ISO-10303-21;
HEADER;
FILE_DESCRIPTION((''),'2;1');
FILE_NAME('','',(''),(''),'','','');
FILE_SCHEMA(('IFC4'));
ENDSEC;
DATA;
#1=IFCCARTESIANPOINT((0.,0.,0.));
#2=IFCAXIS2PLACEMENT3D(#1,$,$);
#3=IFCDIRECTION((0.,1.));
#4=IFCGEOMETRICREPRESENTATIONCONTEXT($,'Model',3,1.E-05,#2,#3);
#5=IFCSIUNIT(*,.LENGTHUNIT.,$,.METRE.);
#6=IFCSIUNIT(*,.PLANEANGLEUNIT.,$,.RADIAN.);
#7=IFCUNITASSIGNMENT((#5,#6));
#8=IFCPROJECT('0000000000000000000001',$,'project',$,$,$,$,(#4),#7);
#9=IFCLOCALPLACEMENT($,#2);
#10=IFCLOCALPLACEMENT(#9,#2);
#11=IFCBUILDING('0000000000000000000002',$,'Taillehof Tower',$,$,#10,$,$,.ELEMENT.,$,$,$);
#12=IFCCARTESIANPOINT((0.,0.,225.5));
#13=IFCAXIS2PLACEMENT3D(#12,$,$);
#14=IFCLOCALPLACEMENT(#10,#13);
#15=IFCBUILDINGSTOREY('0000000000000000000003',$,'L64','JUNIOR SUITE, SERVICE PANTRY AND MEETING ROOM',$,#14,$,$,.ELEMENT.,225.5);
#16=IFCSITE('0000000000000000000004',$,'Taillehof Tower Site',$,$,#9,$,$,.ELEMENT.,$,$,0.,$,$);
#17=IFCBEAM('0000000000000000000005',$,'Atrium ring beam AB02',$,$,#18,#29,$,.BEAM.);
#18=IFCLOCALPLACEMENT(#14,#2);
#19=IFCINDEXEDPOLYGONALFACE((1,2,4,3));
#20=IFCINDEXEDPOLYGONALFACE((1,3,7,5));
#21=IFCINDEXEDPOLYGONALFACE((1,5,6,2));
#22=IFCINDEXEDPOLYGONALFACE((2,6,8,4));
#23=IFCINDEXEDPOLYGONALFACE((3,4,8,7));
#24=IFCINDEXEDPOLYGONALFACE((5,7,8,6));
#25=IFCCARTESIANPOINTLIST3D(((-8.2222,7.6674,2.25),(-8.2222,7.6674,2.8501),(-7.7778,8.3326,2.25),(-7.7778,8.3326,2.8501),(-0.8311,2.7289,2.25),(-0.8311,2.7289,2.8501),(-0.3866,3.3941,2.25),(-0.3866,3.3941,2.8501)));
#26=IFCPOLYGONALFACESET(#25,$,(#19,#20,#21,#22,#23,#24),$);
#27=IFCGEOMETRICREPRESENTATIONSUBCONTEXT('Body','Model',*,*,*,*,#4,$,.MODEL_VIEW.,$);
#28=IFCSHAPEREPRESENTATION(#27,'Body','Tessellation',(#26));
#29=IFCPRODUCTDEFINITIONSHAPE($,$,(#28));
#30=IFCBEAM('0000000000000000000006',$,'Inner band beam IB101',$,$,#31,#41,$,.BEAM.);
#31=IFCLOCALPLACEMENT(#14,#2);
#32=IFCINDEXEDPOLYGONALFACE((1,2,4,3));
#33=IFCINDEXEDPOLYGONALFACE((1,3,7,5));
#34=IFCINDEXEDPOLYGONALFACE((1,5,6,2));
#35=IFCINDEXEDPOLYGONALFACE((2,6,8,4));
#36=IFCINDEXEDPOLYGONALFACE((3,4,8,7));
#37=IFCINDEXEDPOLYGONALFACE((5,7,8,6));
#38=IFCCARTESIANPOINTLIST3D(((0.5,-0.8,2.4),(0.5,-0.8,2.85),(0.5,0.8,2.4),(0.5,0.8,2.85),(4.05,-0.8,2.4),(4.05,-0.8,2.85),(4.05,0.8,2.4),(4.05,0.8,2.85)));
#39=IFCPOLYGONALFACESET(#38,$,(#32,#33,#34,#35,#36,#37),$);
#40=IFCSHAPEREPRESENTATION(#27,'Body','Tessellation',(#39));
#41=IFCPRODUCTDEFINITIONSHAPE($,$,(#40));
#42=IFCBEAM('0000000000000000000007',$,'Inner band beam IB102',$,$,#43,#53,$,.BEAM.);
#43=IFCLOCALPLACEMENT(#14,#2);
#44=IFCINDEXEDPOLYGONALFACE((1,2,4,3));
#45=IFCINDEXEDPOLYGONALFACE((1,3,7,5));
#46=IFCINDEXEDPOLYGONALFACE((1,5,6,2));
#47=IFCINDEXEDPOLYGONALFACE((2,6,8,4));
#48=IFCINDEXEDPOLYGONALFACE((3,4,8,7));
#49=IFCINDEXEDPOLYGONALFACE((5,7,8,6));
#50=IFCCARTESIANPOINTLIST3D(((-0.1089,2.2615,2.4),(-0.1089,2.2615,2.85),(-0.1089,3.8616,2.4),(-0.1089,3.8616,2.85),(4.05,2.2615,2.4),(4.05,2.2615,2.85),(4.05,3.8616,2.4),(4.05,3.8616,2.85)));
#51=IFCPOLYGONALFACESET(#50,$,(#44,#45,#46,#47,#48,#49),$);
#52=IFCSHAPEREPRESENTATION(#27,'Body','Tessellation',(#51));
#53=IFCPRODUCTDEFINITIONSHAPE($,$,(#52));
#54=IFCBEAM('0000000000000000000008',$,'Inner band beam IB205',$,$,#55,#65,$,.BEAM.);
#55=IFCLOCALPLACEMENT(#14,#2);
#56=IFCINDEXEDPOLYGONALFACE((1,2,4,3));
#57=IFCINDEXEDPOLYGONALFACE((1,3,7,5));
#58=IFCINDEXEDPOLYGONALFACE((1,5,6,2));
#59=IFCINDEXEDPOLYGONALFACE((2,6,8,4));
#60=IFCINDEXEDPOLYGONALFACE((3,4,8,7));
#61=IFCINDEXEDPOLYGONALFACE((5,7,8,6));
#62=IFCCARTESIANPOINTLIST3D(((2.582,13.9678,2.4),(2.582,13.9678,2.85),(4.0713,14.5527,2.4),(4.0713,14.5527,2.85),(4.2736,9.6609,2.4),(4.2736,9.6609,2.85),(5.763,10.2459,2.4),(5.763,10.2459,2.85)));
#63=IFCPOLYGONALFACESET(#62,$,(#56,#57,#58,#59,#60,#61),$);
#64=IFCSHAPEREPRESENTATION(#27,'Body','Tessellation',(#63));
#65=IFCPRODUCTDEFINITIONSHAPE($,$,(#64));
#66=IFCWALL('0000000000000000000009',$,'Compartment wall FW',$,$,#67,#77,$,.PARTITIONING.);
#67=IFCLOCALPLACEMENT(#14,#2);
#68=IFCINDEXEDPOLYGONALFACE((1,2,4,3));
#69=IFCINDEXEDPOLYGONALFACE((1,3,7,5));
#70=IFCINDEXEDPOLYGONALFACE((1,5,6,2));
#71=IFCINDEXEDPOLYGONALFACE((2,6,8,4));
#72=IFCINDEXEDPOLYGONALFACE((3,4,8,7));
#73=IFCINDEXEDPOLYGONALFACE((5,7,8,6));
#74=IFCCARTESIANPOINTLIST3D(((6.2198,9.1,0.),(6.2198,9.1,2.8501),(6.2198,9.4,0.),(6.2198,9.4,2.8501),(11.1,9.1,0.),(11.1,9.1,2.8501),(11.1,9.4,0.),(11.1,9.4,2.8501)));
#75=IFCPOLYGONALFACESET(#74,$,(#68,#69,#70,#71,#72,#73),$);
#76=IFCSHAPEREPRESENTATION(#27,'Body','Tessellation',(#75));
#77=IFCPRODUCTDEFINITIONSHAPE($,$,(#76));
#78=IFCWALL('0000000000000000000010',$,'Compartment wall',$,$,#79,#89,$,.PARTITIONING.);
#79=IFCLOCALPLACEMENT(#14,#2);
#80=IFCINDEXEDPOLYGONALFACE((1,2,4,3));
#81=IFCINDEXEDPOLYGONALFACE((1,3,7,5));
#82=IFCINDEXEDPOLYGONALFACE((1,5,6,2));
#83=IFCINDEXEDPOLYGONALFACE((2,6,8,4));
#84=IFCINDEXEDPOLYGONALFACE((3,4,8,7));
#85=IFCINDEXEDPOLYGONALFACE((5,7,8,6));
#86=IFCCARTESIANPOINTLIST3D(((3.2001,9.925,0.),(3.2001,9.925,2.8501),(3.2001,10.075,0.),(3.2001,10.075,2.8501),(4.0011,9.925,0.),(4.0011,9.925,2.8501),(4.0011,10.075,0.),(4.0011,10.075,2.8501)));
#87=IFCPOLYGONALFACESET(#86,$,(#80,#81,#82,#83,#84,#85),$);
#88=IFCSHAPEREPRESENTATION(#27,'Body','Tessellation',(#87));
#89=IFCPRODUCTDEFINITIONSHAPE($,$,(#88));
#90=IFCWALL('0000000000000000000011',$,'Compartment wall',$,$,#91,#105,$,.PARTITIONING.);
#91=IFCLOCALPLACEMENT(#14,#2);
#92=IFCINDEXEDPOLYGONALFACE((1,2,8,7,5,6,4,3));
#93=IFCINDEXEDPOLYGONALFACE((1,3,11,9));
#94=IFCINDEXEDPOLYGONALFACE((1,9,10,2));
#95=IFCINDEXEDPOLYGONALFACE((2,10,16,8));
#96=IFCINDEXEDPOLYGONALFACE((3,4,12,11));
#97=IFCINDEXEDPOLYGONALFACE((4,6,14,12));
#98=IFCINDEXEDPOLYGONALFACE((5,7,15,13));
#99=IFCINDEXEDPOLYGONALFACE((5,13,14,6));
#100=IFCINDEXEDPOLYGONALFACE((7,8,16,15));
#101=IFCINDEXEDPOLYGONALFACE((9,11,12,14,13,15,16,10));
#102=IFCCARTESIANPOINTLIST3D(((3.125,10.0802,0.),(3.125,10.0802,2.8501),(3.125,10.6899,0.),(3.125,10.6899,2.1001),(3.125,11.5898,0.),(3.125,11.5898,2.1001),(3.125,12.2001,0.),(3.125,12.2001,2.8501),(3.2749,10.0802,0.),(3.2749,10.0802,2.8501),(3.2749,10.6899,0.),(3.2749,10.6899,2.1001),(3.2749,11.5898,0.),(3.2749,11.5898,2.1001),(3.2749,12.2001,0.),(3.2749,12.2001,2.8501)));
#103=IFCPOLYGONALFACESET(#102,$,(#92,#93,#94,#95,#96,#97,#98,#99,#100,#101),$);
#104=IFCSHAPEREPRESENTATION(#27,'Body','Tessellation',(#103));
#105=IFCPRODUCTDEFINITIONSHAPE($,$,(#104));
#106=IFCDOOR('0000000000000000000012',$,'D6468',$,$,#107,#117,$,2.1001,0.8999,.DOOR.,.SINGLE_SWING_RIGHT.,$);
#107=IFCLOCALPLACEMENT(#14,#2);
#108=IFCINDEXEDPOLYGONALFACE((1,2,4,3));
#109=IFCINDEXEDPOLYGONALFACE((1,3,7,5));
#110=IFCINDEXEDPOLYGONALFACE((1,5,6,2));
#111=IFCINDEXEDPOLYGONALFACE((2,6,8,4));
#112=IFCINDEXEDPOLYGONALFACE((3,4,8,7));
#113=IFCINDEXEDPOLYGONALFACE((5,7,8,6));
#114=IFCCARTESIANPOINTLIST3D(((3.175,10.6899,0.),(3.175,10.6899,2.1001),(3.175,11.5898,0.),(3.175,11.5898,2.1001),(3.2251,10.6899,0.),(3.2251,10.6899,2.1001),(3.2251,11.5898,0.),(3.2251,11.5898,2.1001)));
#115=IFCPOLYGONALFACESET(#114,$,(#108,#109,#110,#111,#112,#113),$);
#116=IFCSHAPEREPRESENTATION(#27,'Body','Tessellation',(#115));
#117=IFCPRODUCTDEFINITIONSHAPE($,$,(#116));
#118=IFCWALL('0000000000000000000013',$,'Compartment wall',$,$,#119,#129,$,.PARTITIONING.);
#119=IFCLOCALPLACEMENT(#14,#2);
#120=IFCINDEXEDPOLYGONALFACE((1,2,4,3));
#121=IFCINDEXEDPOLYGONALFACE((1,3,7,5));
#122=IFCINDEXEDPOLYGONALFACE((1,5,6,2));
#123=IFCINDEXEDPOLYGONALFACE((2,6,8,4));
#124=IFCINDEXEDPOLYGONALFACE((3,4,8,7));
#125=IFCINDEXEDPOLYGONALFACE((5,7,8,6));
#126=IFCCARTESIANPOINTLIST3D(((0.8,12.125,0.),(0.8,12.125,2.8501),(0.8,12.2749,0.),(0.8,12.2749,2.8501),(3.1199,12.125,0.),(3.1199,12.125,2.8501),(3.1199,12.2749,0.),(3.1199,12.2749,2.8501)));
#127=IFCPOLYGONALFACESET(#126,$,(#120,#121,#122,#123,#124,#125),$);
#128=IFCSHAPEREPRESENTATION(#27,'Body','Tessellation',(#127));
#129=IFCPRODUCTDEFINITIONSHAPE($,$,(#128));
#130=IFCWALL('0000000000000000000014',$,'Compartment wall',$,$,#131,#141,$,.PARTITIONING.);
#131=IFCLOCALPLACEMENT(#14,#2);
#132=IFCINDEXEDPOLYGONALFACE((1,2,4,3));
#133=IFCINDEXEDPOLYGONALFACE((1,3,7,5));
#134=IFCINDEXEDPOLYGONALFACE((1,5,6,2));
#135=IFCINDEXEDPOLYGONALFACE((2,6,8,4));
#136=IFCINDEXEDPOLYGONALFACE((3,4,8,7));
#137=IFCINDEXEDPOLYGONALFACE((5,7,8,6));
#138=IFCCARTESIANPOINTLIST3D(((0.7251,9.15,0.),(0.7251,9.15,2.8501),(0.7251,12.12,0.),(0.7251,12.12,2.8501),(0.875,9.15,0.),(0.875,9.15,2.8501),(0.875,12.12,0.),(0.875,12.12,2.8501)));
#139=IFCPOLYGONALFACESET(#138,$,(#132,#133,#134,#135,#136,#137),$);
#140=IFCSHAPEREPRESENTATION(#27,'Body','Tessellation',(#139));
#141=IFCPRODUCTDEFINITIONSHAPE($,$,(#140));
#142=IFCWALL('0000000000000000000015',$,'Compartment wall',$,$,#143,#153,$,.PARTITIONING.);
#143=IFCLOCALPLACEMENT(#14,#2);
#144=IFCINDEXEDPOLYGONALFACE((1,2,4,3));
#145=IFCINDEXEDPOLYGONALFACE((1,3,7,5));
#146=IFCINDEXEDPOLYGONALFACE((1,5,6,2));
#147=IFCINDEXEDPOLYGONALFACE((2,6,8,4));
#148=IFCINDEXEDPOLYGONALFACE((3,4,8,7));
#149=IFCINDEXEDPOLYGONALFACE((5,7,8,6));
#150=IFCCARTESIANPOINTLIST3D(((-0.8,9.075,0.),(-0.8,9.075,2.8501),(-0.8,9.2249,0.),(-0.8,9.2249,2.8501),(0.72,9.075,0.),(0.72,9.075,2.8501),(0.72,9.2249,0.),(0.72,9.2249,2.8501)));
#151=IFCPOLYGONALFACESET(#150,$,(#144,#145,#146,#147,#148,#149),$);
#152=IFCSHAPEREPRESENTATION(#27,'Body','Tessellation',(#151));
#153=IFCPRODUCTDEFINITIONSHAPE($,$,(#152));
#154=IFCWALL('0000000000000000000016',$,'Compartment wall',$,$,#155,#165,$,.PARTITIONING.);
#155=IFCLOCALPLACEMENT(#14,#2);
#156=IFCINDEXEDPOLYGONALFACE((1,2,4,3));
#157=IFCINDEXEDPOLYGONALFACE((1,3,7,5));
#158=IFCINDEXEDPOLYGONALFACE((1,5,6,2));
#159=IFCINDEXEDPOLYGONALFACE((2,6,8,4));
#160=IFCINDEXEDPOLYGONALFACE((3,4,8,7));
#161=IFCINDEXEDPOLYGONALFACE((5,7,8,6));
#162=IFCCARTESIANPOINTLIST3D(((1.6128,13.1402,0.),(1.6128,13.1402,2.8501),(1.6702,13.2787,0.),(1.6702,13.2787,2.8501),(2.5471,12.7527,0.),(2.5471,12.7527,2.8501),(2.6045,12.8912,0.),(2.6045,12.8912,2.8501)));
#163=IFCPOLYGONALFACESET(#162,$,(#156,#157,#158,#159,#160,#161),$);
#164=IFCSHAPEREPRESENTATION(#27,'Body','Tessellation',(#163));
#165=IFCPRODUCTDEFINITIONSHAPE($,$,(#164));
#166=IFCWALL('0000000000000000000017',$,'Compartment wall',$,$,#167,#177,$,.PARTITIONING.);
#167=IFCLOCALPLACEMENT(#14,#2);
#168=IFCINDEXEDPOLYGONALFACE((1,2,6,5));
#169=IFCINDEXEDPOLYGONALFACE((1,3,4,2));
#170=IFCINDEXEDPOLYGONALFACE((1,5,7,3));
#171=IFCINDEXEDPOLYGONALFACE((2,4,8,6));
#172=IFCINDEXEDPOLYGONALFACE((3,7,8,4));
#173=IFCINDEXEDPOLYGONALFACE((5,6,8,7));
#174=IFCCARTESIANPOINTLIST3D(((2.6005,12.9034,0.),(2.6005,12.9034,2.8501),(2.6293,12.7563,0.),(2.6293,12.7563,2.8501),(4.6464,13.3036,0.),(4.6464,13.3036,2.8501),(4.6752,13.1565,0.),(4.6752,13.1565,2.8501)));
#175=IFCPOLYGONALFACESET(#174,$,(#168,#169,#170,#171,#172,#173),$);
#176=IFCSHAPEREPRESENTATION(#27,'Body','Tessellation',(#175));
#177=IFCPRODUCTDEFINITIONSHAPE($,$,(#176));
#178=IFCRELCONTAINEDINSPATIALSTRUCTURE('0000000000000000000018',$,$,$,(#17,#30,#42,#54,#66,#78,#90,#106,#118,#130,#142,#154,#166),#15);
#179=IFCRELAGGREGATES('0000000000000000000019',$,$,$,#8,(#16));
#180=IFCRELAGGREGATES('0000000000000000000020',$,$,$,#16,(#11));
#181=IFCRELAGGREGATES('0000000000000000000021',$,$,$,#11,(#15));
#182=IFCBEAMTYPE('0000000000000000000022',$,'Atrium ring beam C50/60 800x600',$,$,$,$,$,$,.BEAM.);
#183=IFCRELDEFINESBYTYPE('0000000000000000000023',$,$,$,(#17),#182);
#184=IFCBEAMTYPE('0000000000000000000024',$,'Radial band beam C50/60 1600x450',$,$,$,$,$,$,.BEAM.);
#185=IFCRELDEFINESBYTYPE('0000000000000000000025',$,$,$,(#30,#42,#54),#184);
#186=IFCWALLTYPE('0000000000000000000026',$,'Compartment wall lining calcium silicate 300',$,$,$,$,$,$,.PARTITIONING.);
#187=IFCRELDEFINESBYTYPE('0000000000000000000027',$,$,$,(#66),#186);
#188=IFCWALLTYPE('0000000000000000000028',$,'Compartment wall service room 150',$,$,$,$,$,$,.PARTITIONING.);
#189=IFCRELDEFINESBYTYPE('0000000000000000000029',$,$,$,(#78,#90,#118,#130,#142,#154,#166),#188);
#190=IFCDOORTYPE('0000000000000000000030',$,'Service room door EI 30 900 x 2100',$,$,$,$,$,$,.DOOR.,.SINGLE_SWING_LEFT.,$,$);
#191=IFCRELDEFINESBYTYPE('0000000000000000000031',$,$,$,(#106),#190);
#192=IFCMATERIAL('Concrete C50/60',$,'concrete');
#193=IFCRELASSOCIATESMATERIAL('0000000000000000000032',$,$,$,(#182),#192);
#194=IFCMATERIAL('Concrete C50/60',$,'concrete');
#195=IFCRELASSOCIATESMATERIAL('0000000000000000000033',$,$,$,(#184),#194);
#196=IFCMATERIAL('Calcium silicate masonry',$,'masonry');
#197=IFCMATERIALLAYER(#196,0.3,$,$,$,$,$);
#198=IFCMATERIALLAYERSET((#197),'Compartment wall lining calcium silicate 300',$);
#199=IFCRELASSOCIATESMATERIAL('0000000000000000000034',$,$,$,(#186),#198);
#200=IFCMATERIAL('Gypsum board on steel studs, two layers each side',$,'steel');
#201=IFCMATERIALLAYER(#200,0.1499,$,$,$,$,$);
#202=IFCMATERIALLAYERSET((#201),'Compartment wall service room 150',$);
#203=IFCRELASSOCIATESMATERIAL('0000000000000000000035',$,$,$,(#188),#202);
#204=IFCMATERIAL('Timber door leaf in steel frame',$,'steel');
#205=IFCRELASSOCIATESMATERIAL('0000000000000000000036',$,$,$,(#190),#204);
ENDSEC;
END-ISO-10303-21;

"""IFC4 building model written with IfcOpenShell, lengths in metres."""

from ifc_helpers import new_model, si_unit, direction, frame, frame_2d, origin, origin_2d, place, context, subcontext, project, spatial, rectangle, extrude, material, layer, layer_set, material_profile, profile_set, type_object, element, fill, save


model = new_model("IFC4")

# Units and contexts
model_context = context("Model", 3, precision=1e-05, world=origin(), true_north=direction((0.0, 1.0)))
body_context = subcontext(model_context, "Body", "Model", "MODEL_VIEW")
ifc_project = project(units=[si_unit("LENGTHUNIT", "METRE"), si_unit("PLANEANGLEUNIT", "RADIAN")], contexts=[model_context])

# Site, building, storey
site_placement = place(None, origin())
site = spatial("IfcSite", under=ifc_project, at=site_placement, Name="Taillehof Tower Site", CompositionType="ELEMENT", RefElevation=0.0)
building_placement = place(site_placement, origin())
building = spatial("IfcBuilding", under=site, at=building_placement, Name="Taillehof Tower", CompositionType="ELEMENT")
storey_placement = place(building_placement, frame((0.0, 0.0, 225.5)))
storey = spatial("IfcBuildingStorey", under=building, at=storey_placement, Name="L64", Description="JUNIOR SUITE, SERVICE PANTRY AND MEETING ROOM", CompositionType="ELEMENT", Elevation=225.5)

# Beams
ifc_material_1 = material(Name="Concrete C50/60", Category="concrete")
ifc_material_profile_1 = material_profile(ifc_material_1, rectangle(XDim=0.8, YDim=0.6001, at=origin_2d()), Name="RC 800x600")
ifc_profile_set_1 = profile_set([ifc_material_profile_1], Name="Concrete C50/60")
beam_type_1 = type_object("IfcBeamType", Name="Atrium ring beam C50/60 800x600", PredefinedType="BEAM", material=ifc_profile_set_1)
beam_1_placement = place(storey_placement, frame((-0.6089, 3.0615, 2.55), z_axis=(-0.831475, 0.555562, 0.0), x_axis=(-0.555562, -0.831475, 0.0)))
element("IfcBeam", 1, at=beam_1_placement, inside=storey, type_object=beam_type_1, Name="Atrium ring beam AB02", PredefinedType="BEAM", context=body_context, shape_type="SweptSolid", body=[
    extrude(rectangle(XDim=0.8, YDim=0.6001, at=origin_2d()), origin(), (0.0, 0.0, 1.0), 8.8892),
])
ifc_material_2 = material(Name="Concrete C50/60", Category="concrete")
ifc_material_profile_2 = material_profile(ifc_material_2, rectangle(XDim=1.6001, YDim=0.45, at=origin_2d()), Name="RC 1600x450")
ifc_profile_set_2 = profile_set([ifc_material_profile_2], Name="Concrete C50/60")
beam_type_2 = type_object("IfcBeamType", Name="Radial band beam C50/60 1600x450", PredefinedType="BEAM", material=ifc_profile_set_2)
beam_2_placement = place(storey_placement, frame((0.5, 0.0, 2.625), z_axis=(1.0, 0.0, 0.0), x_axis=(0.0, 1.0, 0.0)))
element("IfcBeam", 2, at=beam_2_placement, inside=storey, type_object=beam_type_2, Name="Inner band beam IB101", PredefinedType="BEAM", context=body_context, shape_type="SweptSolid", body=[
    extrude(rectangle(XDim=1.6001, YDim=0.45, at=origin_2d()), origin(), (0.0, 0.0, 1.0), 3.55),
])
beam_3_placement = place(storey_placement, frame((-0.1089, 3.0615, 2.625), z_axis=(1.0, 0.0, 0.0), x_axis=(0.0, 1.0, 0.0)))
element("IfcBeam", 3, at=beam_3_placement, inside=storey, type_object=beam_type_2, Name="Inner band beam IB102", PredefinedType="BEAM", context=body_context, shape_type="SweptSolid", body=[
    extrude(rectangle(XDim=1.6001, YDim=0.45, at=origin_2d()), origin(), (0.0, 0.0, 1.0), 4.1589),
])
beam_4_placement = place(storey_placement, frame((3.3267, 14.2603, 2.625), z_axis=(0.365589, -0.930777, 0.0), x_axis=(0.930777, 0.365589, 0.0)))
element("IfcBeam", 4, at=beam_4_placement, inside=storey, type_object=beam_type_2, Name="Inner band beam IB205", PredefinedType="BEAM", context=body_context, shape_type="SweptSolid", body=[
    extrude(rectangle(XDim=1.6001, YDim=0.45, at=origin_2d()), origin(), (0.0, 0.0, 1.0), 4.6272),
])

# Walls
ifc_material_3 = material(Name="Calcium silicate masonry", Category="masonry")
ifc_layer_1 = layer(ifc_material_3, 0.3)
ifc_layer_set_1 = layer_set([ifc_layer_1], Name="Compartment wall lining calcium silicate 300")
wall_type_1 = type_object("IfcWallType", Name="Compartment wall lining calcium silicate 300", PredefinedType="PARTITIONING", material=ifc_layer_set_1)
wall_1_placement = place(storey_placement, frame((6.22, 9.25, 0.0), z_axis=(0.0, 0.0, 1.0), x_axis=(1.0, 0.0, 0.0)))
element("IfcWall", 5, at=wall_1_placement, inside=storey, type_object=wall_type_1, Name="Compartment wall FW", PredefinedType="PARTITIONING", context=body_context, shape_type="SweptSolid", body=[
    extrude(rectangle(XDim=4.8801, YDim=0.3, at=frame_2d((2.4399, 0.0))), origin(), (0.0, 0.0, 1.0), 2.8501),
])
ifc_material_4 = material(Name="Gypsum board on steel studs, two layers each side", Category="steel")
ifc_layer_2 = layer(ifc_material_4, 0.1499)
ifc_layer_set_2 = layer_set([ifc_layer_2], Name="Compartment wall service room 150")
wall_type_2 = type_object("IfcWallType", Name="Compartment wall service room 150", PredefinedType="PARTITIONING", material=ifc_layer_set_2)
wall_2_placement = place(storey_placement, frame((4.001, 10.0, 0.0), z_axis=(0.0, 0.0, 1.0), x_axis=(-1.0, 0.0, 0.0)))
element("IfcWall", 6, at=wall_2_placement, inside=storey, type_object=wall_type_2, Name="Compartment wall", PredefinedType="PARTITIONING", context=body_context, shape_type="SweptSolid", body=[
    extrude(rectangle(XDim=0.801, YDim=0.1499, at=frame_2d((0.4004, 0.0))), origin(), (0.0, 0.0, 1.0), 2.8501),
])

# Wall, opening, door
wall_3_placement = place(storey_placement, frame((3.2, 10.0801, 0.0), z_axis=(0.0, 0.0, 1.0), x_axis=(0.0, 1.0, 0.0)))
wall_3 = element("IfcWall", 7, at=wall_3_placement, inside=storey, type_object=wall_type_2, Name="Compartment wall", PredefinedType="PARTITIONING", context=body_context, shape_type="SweptSolid", body=[
    extrude(rectangle(XDim=2.1199, YDim=0.1499, at=frame_2d((1.0601, 0.0))), origin(), (0.0, 0.0, 1.0), 2.8501),
])
opening_1_placement = place(wall_3_placement, frame((0.6099, 0.0, 0.0)))
opening_1 = element("IfcOpeningElement", 8, at=opening_1_placement, cuts=wall_3, PredefinedType="OPENING", context=body_context, shape_type="SweptSolid", body=[
    extrude(rectangle(XDim=0.8999, YDim=2.1001, at=frame_2d((0.45, 1.05))), frame((0.0, 0.085, 0.0), z_axis=(0.0, -1.0, 0.0), x_axis=(1.0, 0.0, 0.0)), (0.0, 0.0, 1.0), 0.1699),
])
ifc_material_5 = material(Name="Timber door leaf in steel frame", Category="steel")
door_type_1 = type_object("IfcDoorType", Name="Service room door EI 30 900 x 2100", OperationType="SINGLE_SWING_LEFT", PredefinedType="DOOR", material=ifc_material_5)
door_1_placement = place(opening_1_placement, origin())
door_1 = element("IfcDoor", 9, at=door_1_placement, inside=storey, type_object=door_type_1, Name="D6468", OperationType="SINGLE_SWING_RIGHT", OverallHeight=2.1001, OverallWidth=0.8999, PredefinedType="DOOR", context=body_context, shape_type="SweptSolid", body=[
    extrude(rectangle(XDim=0.8999, YDim=2.1001, at=frame_2d((0.45, 1.05))), frame((0.0, 0.0249, 0.0), z_axis=(0.0, -1.0, 0.0), x_axis=(1.0, 0.0, 0.0)), (0.0, 0.0, 1.0), 0.05),
])
fill(opening_1, door_1)

# Walls
wall_4_placement = place(storey_placement, frame((3.1199, 12.2, 0.0), z_axis=(0.0, 0.0, 1.0), x_axis=(-1.0, 0.0, 0.0)))
element("IfcWall", 10, at=wall_4_placement, inside=storey, type_object=wall_type_2, Name="Compartment wall", PredefinedType="PARTITIONING", context=body_context, shape_type="SweptSolid", body=[
    extrude(rectangle(XDim=2.3198, YDim=0.1499, at=frame_2d((1.1599, 0.0))), origin(), (0.0, 0.0, 1.0), 2.8501),
])
wall_5_placement = place(storey_placement, frame((0.8, 12.1199, 0.0), z_axis=(0.0, 0.0, 1.0), x_axis=(0.0, -1.0, 0.0)))
element("IfcWall", 11, at=wall_5_placement, inside=storey, type_object=wall_type_2, Name="Compartment wall", PredefinedType="PARTITIONING", context=body_context, shape_type="SweptSolid", body=[
    extrude(rectangle(XDim=2.97, YDim=0.1499, at=frame_2d((1.4849, 0.0))), origin(), (0.0, 0.0, 1.0), 2.8501),
])
wall_6_placement = place(storey_placement, frame((0.72, 9.1499, 0.0), z_axis=(0.0, 0.0, 1.0), x_axis=(-1.0, 0.0, 0.0)))
element("IfcWall", 12, at=wall_6_placement, inside=storey, type_object=wall_type_2, Name="Compartment wall", PredefinedType="PARTITIONING", context=body_context, shape_type="SweptSolid", body=[
    extrude(rectangle(XDim=1.52, YDim=0.1499, at=frame_2d((0.76, 0.0))), origin(), (0.0, 0.0, 1.0), 2.8501),
])
wall_7_placement = place(storey_placement, frame((1.6414, 13.2095, 0.0), z_axis=(0.0, 0.0, 1.0), x_axis=(0.923725, -0.383055, 0.0)))
element("IfcWall", 13, at=wall_7_placement, inside=storey, type_object=wall_type_2, Name="Compartment wall", PredefinedType="PARTITIONING", context=body_context, shape_type="SweptSolid", body=[
    extrude(rectangle(XDim=1.0115, YDim=0.1499, at=frame_2d((0.5059, 0.0))), origin(), (0.0, 0.0, 1.0), 2.8501),
])
wall_8_placement = place(storey_placement, frame((2.6147, 12.8298, 0.0), z_axis=(0.0, 0.0, 1.0), x_axis=(0.981405, 0.191948, 0.0)))
element("IfcWall", 14, at=wall_8_placement, inside=storey, type_object=wall_type_2, Name="Compartment wall", PredefinedType="PARTITIONING", context=body_context, shape_type="SweptSolid", body=[
    extrude(rectangle(XDim=2.0847, YDim=0.1499, at=frame_2d((1.0425, 0.0))), origin(), (0.0, 0.0, 1.0), 2.8501),
])

save(model, "model.ifc")
